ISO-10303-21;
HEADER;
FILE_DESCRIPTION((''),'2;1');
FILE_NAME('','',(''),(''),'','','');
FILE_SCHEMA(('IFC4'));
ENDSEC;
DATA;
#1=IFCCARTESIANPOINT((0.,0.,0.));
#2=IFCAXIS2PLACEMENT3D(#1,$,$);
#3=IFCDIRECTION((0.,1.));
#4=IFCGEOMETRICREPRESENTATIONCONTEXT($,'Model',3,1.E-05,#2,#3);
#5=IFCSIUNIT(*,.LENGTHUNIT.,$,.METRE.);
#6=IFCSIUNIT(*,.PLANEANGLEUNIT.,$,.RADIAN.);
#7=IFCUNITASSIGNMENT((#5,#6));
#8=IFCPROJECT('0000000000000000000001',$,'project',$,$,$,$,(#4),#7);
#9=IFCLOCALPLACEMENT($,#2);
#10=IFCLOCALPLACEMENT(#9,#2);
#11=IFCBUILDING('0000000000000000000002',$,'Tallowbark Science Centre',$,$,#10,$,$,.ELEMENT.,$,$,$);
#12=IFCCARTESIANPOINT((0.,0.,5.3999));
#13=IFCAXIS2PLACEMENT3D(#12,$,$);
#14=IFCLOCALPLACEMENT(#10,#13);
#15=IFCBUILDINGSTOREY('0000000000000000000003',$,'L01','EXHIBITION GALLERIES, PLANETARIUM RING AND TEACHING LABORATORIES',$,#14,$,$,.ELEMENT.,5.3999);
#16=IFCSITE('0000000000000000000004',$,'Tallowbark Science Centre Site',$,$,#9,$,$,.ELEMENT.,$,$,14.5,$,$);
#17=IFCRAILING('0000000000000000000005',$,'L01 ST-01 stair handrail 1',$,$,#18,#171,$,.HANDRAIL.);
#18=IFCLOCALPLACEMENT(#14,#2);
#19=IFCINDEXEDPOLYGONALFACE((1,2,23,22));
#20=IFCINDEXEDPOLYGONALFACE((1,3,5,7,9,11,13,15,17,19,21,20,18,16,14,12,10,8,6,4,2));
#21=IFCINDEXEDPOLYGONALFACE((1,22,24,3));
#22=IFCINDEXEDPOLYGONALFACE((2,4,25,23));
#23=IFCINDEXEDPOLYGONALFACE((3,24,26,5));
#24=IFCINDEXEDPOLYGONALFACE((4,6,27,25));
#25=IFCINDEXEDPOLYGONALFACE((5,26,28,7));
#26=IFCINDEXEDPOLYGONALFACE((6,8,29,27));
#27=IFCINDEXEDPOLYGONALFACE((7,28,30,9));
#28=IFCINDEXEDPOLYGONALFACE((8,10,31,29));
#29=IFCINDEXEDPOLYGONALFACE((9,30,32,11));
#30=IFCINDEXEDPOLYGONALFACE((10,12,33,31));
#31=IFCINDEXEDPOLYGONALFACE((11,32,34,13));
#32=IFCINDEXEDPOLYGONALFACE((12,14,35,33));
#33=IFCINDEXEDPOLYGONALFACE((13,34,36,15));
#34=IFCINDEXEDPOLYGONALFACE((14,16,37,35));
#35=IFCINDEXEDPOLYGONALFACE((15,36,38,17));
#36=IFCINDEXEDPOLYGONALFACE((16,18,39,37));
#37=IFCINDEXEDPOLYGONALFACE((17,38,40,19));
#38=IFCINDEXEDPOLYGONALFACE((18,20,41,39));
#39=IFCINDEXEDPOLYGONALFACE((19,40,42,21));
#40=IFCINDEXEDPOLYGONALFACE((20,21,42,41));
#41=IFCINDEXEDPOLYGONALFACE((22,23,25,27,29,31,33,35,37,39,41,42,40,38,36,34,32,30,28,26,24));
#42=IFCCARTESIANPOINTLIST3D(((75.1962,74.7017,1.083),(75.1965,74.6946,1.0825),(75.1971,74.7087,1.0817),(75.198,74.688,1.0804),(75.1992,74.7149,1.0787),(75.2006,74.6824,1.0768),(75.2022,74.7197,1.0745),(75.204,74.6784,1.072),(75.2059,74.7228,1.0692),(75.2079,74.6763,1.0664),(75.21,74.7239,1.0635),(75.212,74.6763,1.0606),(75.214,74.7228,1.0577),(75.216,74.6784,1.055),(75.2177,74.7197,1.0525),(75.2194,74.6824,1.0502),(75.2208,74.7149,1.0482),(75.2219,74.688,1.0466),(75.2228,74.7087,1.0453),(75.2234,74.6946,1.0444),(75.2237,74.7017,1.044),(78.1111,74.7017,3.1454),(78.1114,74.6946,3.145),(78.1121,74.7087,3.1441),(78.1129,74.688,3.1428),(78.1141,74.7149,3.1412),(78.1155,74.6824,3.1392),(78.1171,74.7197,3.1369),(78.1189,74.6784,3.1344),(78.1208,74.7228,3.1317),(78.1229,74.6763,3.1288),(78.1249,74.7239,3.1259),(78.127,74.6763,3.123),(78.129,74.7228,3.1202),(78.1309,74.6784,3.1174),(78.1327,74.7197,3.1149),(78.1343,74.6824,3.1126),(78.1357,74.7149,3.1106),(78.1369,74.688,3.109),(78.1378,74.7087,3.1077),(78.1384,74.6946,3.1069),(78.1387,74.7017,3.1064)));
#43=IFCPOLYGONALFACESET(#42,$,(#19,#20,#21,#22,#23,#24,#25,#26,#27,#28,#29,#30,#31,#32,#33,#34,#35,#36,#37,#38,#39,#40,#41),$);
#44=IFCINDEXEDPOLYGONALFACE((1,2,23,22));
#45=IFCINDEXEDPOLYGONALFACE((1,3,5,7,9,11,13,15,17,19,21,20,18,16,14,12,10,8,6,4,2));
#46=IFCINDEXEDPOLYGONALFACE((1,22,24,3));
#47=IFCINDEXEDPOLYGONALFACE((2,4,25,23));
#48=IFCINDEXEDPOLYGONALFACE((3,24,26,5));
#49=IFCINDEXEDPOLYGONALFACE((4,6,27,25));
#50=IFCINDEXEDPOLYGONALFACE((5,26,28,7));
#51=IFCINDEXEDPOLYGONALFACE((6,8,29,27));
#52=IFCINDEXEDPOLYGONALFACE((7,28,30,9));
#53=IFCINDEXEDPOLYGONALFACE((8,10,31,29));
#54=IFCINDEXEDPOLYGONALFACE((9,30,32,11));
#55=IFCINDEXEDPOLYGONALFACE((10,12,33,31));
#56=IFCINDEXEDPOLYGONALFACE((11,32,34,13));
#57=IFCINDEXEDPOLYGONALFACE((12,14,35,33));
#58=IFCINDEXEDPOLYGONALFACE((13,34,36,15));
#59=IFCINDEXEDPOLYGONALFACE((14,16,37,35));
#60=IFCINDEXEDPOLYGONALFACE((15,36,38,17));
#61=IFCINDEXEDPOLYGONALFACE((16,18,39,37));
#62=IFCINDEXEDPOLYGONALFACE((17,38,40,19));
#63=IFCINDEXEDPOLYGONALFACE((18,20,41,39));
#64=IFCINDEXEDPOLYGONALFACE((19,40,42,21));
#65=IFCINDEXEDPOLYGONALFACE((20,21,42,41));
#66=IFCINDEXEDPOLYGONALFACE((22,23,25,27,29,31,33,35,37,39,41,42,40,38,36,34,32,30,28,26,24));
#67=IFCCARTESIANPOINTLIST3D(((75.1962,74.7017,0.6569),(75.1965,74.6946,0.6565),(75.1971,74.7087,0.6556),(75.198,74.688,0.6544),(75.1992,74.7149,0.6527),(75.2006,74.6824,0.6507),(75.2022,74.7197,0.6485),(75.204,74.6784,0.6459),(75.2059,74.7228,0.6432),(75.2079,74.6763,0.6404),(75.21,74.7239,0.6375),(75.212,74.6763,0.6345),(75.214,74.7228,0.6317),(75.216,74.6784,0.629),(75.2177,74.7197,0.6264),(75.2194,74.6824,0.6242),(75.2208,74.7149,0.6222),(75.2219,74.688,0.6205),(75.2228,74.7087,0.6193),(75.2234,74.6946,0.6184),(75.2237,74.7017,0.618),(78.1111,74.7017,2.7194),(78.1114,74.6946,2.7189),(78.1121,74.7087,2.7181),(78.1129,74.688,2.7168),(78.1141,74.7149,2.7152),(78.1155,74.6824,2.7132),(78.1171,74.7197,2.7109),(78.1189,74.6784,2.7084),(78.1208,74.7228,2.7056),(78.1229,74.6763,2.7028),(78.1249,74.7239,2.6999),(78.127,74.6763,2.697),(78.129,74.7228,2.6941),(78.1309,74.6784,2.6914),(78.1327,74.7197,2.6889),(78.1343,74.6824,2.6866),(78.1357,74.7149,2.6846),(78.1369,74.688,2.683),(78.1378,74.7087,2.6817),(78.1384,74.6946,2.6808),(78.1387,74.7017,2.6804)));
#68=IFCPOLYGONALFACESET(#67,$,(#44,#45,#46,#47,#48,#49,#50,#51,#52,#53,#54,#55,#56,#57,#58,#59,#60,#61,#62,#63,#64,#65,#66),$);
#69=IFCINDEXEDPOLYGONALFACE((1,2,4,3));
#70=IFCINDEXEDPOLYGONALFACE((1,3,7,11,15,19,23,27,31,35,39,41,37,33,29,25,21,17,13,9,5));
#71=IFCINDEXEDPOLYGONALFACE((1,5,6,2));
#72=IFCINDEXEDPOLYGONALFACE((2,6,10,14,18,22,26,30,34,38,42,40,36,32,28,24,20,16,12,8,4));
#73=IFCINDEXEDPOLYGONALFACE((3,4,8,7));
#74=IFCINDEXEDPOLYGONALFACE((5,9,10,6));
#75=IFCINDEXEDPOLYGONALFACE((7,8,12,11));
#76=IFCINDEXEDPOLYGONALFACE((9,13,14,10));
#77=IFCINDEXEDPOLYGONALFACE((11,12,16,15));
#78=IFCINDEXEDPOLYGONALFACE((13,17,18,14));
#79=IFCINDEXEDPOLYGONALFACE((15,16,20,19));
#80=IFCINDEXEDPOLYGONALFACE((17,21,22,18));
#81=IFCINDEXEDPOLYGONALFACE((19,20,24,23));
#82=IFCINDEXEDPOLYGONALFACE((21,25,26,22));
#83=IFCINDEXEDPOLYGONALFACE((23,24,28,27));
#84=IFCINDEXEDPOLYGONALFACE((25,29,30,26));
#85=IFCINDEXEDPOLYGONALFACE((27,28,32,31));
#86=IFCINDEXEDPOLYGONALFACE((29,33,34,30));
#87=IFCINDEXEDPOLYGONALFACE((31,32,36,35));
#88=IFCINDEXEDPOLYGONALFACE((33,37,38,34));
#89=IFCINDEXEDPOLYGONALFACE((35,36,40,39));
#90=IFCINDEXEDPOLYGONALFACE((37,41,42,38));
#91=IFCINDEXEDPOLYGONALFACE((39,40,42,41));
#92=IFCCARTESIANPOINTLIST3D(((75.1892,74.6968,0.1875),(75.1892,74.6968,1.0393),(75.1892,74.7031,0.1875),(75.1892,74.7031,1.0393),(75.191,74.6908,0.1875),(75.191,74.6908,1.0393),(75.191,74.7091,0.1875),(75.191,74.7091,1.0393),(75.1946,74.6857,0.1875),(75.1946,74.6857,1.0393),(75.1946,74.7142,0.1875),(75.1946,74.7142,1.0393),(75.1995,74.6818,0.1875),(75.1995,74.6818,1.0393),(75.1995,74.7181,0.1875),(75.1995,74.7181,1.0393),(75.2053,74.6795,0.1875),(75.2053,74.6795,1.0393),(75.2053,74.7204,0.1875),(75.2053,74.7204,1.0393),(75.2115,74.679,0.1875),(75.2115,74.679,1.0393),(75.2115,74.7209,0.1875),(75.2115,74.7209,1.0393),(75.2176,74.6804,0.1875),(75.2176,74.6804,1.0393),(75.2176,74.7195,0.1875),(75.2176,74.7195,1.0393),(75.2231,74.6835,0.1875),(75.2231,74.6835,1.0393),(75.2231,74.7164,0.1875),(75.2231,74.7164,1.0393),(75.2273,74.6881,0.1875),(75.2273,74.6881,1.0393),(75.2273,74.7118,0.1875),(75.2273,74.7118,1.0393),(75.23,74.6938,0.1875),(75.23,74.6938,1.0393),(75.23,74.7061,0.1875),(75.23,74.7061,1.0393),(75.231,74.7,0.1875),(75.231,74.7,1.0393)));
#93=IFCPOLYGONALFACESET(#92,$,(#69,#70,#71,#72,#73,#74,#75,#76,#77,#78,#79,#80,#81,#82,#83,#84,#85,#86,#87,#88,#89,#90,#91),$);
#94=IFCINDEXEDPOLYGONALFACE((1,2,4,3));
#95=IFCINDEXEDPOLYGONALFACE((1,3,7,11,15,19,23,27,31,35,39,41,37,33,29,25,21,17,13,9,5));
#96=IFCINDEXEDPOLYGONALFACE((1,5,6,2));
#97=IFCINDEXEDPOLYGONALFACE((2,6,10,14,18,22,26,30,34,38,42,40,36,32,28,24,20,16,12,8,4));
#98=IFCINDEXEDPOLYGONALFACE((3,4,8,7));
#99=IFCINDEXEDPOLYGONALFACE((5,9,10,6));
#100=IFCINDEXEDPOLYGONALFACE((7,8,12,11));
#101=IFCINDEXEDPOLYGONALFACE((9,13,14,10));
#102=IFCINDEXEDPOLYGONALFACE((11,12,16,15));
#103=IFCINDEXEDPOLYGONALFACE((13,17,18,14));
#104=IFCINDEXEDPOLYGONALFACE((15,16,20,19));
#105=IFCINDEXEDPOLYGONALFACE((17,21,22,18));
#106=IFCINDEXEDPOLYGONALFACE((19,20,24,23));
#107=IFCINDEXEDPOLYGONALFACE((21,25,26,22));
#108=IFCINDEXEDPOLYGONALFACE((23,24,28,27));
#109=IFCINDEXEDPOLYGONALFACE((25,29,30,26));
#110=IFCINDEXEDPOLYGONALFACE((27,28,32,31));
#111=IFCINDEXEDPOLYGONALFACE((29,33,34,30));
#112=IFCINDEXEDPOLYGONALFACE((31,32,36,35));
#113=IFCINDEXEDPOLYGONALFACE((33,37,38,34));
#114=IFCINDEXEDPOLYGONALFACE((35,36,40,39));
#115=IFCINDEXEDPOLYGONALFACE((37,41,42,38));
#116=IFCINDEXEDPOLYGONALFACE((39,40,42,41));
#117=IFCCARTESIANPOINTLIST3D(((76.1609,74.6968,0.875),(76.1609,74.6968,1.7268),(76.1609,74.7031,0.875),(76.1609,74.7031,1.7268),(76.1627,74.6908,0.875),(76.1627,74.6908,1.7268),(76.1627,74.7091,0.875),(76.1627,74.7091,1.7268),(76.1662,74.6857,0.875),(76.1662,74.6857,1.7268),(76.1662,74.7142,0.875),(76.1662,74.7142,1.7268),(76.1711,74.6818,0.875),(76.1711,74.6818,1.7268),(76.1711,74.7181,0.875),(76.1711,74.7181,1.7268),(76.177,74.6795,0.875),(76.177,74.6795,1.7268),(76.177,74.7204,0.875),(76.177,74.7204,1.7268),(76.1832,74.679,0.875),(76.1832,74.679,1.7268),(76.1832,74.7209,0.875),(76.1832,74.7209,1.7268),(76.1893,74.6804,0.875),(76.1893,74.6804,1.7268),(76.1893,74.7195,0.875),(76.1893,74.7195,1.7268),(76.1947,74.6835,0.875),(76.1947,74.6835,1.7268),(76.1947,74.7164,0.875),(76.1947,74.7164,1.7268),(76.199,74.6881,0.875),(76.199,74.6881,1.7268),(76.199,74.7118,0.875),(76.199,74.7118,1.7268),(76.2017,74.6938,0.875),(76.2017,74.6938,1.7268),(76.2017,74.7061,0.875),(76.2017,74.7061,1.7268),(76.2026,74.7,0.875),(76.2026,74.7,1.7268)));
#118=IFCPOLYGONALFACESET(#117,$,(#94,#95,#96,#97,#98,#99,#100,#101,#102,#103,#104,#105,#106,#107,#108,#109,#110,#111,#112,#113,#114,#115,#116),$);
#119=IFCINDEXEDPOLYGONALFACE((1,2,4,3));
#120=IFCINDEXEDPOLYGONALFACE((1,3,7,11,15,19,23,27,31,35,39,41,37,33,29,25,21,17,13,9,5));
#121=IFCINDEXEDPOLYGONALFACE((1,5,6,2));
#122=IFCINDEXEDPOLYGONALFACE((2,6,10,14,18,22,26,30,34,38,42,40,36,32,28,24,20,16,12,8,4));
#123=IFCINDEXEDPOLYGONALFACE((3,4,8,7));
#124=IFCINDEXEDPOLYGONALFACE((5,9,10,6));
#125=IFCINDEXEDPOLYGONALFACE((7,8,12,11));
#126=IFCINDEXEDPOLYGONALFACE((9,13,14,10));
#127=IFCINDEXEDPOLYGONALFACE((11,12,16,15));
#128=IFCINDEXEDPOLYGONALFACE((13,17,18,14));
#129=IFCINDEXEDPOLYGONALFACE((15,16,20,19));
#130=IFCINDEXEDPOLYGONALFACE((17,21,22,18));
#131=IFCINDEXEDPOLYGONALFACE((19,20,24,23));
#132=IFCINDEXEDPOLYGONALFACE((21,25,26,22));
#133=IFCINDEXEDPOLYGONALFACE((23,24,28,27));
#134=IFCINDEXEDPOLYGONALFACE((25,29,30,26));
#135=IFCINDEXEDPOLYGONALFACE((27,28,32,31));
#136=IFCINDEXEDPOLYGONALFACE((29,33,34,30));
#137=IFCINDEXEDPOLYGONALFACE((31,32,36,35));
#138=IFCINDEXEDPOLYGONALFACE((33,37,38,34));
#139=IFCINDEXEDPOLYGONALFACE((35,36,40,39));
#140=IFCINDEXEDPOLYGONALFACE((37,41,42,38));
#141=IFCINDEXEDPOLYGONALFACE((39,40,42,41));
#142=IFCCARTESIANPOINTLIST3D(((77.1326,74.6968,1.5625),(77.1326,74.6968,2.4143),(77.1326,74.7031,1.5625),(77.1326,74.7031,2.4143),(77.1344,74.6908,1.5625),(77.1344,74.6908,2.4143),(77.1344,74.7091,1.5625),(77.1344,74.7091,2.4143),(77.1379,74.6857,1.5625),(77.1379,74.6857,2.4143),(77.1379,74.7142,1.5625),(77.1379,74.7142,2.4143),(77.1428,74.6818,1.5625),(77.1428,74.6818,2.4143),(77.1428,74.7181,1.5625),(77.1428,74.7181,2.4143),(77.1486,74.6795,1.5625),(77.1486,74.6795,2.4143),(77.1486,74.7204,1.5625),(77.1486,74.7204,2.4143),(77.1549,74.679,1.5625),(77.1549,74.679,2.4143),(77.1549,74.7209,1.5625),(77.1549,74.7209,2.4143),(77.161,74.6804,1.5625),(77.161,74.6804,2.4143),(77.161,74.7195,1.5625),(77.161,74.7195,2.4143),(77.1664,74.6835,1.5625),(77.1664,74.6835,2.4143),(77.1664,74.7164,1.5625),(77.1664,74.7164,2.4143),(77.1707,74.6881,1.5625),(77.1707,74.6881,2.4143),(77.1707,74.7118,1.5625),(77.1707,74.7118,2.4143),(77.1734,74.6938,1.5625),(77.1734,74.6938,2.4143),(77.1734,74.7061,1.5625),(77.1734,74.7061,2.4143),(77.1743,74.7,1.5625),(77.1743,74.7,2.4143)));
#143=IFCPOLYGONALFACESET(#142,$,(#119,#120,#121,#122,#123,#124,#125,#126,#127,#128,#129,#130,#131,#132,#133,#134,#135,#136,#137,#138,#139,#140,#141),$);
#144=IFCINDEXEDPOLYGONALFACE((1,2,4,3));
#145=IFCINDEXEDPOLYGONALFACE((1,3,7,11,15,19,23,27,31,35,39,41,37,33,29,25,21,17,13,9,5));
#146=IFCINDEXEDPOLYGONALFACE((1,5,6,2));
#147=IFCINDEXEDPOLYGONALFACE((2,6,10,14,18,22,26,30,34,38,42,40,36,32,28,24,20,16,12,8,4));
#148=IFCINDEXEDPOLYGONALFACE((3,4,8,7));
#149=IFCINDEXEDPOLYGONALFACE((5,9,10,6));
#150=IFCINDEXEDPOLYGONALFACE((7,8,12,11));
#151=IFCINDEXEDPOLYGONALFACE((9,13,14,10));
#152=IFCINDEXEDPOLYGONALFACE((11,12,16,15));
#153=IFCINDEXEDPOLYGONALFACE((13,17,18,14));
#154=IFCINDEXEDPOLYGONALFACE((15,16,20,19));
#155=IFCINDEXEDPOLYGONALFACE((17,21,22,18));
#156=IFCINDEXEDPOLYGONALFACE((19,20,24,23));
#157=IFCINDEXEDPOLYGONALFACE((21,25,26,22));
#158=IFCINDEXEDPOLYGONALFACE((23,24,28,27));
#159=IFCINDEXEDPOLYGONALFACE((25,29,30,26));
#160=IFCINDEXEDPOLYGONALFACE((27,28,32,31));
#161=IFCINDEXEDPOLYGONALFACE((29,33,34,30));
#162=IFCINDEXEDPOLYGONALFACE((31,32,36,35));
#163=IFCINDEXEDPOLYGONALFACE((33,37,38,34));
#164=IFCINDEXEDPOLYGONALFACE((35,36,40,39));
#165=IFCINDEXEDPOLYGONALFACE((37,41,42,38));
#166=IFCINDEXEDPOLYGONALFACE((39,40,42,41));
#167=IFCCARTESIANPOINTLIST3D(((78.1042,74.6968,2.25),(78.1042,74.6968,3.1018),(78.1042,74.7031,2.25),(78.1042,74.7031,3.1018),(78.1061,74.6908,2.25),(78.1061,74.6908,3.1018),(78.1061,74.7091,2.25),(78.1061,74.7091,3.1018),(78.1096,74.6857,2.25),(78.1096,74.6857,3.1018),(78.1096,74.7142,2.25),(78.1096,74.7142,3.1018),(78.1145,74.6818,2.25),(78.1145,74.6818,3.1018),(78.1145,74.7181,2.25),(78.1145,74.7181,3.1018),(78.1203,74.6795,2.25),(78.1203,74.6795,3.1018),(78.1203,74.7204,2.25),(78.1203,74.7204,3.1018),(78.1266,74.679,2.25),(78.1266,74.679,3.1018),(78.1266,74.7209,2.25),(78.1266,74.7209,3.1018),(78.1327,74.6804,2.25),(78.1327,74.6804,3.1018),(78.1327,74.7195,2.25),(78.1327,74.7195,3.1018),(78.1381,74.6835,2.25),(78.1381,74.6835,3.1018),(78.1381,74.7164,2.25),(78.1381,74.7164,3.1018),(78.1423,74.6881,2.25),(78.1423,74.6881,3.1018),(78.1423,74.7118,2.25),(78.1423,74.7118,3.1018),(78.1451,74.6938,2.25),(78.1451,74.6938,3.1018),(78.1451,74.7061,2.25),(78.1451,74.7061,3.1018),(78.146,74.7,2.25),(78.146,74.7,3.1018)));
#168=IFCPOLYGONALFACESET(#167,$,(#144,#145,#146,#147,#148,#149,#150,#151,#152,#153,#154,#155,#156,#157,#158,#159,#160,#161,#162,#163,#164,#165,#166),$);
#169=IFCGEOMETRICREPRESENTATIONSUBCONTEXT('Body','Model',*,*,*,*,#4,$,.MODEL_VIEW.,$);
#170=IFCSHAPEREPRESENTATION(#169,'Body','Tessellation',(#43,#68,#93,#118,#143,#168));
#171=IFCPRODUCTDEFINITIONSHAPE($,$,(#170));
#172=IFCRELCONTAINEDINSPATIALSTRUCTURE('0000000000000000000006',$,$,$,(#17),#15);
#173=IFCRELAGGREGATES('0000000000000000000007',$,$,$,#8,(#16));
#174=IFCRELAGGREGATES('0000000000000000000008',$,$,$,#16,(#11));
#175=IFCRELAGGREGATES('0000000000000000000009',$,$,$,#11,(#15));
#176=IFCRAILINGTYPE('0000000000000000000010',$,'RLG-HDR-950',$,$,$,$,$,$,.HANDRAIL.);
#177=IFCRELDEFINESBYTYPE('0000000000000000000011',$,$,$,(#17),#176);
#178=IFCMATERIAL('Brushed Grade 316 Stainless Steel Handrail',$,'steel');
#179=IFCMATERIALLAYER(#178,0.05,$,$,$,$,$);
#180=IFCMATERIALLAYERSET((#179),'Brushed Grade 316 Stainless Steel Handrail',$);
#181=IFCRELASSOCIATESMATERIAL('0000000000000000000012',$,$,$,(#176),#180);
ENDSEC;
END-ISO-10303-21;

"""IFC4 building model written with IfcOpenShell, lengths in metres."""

from ifc_helpers import new_model, si_unit, direction, frame, origin, origin_2d, place, context, subcontext, project, spatial, circle, extrude, material, layer, layer_set, type_object, element, save


model = new_model("IFC4")

# Units and contexts
model_context = context("Model", 3, precision=1e-05, world=origin(), true_north=direction((0.0, 1.0)))
body_context = subcontext(model_context, "Body", "Model", "MODEL_VIEW")
ifc_project = project(units=[si_unit("LENGTHUNIT", "METRE"), si_unit("PLANEANGLEUNIT", "RADIAN")], contexts=[model_context])

# Site, building, storey
site_placement = place(None, origin())
site = spatial("IfcSite", under=ifc_project, at=site_placement, Name="Tallowbark Science Centre Site", CompositionType="ELEMENT", RefElevation=14.5)
building_placement = place(site_placement, origin())
building = spatial("IfcBuilding", under=site, at=building_placement, Name="Tallowbark Science Centre", CompositionType="ELEMENT")
storey_placement = place(building_placement, frame((0.0, 0.0, 5.3999)))
storey = spatial("IfcBuildingStorey", under=building, at=storey_placement, Name="L01", Description="EXHIBITION GALLERIES, PLANETARIUM RING AND TEACHING LABORATORIES", CompositionType="ELEMENT", Elevation=5.3999)

# Railing
ifc_material_1 = material(Name="Brushed Grade 316 Stainless Steel Handrail", Category="steel")
ifc_layer_1 = layer(ifc_material_1, 0.05)
ifc_layer_set_1 = layer_set([ifc_layer_1], Name="Brushed Grade 316 Stainless Steel Handrail")
railing_type_1 = type_object("IfcRailingType", Name="RLG-HDR-950", PredefinedType="HANDRAIL", material=ifc_layer_set_1)
railing_1_placement = place(storey_placement, frame((75.21, 74.7, 0.1875)))
element("IfcRailing", 1, at=railing_1_placement, inside=storey, type_object=railing_type_1, Name="L01 ST-01 stair handrail 1", PredefinedType="HANDRAIL", context=body_context, shape_type="SweptSolid", body=[
    extrude(circle(Radius=0.0239, at=origin_2d()), frame((0.0, 0.0, 0.876), z_axis=(0.816331, 0.0, 0.577585), x_axis=(0.0, 1.0, 0.0)), (0.0, 0.0, 1.0), 3.5708),
    extrude(circle(Radius=0.0239, at=origin_2d()), frame((0.0, 0.0, 0.45), z_axis=(0.816331, 0.0, 0.577585), x_axis=(0.0, 1.0, 0.0)), (0.0, 0.0, 1.0), 3.5708),
    extrude(circle(Radius=0.021, at=origin_2d()), origin(), (0.0, 0.0, 1.0), 0.8518),
    extrude(circle(Radius=0.021, at=origin_2d()), frame((0.9717, 0.0, 0.6875)), (0.0, 0.0, 1.0), 0.8518),
    extrude(circle(Radius=0.021, at=origin_2d()), frame((1.9434, 0.0, 1.375)), (0.0, 0.0, 1.0), 0.8518),
    extrude(circle(Radius=0.021, at=origin_2d()), frame((2.915, 0.0, 2.0625)), (0.0, 0.0, 1.0), 0.8518),
])

save(model, "model.ifc")
